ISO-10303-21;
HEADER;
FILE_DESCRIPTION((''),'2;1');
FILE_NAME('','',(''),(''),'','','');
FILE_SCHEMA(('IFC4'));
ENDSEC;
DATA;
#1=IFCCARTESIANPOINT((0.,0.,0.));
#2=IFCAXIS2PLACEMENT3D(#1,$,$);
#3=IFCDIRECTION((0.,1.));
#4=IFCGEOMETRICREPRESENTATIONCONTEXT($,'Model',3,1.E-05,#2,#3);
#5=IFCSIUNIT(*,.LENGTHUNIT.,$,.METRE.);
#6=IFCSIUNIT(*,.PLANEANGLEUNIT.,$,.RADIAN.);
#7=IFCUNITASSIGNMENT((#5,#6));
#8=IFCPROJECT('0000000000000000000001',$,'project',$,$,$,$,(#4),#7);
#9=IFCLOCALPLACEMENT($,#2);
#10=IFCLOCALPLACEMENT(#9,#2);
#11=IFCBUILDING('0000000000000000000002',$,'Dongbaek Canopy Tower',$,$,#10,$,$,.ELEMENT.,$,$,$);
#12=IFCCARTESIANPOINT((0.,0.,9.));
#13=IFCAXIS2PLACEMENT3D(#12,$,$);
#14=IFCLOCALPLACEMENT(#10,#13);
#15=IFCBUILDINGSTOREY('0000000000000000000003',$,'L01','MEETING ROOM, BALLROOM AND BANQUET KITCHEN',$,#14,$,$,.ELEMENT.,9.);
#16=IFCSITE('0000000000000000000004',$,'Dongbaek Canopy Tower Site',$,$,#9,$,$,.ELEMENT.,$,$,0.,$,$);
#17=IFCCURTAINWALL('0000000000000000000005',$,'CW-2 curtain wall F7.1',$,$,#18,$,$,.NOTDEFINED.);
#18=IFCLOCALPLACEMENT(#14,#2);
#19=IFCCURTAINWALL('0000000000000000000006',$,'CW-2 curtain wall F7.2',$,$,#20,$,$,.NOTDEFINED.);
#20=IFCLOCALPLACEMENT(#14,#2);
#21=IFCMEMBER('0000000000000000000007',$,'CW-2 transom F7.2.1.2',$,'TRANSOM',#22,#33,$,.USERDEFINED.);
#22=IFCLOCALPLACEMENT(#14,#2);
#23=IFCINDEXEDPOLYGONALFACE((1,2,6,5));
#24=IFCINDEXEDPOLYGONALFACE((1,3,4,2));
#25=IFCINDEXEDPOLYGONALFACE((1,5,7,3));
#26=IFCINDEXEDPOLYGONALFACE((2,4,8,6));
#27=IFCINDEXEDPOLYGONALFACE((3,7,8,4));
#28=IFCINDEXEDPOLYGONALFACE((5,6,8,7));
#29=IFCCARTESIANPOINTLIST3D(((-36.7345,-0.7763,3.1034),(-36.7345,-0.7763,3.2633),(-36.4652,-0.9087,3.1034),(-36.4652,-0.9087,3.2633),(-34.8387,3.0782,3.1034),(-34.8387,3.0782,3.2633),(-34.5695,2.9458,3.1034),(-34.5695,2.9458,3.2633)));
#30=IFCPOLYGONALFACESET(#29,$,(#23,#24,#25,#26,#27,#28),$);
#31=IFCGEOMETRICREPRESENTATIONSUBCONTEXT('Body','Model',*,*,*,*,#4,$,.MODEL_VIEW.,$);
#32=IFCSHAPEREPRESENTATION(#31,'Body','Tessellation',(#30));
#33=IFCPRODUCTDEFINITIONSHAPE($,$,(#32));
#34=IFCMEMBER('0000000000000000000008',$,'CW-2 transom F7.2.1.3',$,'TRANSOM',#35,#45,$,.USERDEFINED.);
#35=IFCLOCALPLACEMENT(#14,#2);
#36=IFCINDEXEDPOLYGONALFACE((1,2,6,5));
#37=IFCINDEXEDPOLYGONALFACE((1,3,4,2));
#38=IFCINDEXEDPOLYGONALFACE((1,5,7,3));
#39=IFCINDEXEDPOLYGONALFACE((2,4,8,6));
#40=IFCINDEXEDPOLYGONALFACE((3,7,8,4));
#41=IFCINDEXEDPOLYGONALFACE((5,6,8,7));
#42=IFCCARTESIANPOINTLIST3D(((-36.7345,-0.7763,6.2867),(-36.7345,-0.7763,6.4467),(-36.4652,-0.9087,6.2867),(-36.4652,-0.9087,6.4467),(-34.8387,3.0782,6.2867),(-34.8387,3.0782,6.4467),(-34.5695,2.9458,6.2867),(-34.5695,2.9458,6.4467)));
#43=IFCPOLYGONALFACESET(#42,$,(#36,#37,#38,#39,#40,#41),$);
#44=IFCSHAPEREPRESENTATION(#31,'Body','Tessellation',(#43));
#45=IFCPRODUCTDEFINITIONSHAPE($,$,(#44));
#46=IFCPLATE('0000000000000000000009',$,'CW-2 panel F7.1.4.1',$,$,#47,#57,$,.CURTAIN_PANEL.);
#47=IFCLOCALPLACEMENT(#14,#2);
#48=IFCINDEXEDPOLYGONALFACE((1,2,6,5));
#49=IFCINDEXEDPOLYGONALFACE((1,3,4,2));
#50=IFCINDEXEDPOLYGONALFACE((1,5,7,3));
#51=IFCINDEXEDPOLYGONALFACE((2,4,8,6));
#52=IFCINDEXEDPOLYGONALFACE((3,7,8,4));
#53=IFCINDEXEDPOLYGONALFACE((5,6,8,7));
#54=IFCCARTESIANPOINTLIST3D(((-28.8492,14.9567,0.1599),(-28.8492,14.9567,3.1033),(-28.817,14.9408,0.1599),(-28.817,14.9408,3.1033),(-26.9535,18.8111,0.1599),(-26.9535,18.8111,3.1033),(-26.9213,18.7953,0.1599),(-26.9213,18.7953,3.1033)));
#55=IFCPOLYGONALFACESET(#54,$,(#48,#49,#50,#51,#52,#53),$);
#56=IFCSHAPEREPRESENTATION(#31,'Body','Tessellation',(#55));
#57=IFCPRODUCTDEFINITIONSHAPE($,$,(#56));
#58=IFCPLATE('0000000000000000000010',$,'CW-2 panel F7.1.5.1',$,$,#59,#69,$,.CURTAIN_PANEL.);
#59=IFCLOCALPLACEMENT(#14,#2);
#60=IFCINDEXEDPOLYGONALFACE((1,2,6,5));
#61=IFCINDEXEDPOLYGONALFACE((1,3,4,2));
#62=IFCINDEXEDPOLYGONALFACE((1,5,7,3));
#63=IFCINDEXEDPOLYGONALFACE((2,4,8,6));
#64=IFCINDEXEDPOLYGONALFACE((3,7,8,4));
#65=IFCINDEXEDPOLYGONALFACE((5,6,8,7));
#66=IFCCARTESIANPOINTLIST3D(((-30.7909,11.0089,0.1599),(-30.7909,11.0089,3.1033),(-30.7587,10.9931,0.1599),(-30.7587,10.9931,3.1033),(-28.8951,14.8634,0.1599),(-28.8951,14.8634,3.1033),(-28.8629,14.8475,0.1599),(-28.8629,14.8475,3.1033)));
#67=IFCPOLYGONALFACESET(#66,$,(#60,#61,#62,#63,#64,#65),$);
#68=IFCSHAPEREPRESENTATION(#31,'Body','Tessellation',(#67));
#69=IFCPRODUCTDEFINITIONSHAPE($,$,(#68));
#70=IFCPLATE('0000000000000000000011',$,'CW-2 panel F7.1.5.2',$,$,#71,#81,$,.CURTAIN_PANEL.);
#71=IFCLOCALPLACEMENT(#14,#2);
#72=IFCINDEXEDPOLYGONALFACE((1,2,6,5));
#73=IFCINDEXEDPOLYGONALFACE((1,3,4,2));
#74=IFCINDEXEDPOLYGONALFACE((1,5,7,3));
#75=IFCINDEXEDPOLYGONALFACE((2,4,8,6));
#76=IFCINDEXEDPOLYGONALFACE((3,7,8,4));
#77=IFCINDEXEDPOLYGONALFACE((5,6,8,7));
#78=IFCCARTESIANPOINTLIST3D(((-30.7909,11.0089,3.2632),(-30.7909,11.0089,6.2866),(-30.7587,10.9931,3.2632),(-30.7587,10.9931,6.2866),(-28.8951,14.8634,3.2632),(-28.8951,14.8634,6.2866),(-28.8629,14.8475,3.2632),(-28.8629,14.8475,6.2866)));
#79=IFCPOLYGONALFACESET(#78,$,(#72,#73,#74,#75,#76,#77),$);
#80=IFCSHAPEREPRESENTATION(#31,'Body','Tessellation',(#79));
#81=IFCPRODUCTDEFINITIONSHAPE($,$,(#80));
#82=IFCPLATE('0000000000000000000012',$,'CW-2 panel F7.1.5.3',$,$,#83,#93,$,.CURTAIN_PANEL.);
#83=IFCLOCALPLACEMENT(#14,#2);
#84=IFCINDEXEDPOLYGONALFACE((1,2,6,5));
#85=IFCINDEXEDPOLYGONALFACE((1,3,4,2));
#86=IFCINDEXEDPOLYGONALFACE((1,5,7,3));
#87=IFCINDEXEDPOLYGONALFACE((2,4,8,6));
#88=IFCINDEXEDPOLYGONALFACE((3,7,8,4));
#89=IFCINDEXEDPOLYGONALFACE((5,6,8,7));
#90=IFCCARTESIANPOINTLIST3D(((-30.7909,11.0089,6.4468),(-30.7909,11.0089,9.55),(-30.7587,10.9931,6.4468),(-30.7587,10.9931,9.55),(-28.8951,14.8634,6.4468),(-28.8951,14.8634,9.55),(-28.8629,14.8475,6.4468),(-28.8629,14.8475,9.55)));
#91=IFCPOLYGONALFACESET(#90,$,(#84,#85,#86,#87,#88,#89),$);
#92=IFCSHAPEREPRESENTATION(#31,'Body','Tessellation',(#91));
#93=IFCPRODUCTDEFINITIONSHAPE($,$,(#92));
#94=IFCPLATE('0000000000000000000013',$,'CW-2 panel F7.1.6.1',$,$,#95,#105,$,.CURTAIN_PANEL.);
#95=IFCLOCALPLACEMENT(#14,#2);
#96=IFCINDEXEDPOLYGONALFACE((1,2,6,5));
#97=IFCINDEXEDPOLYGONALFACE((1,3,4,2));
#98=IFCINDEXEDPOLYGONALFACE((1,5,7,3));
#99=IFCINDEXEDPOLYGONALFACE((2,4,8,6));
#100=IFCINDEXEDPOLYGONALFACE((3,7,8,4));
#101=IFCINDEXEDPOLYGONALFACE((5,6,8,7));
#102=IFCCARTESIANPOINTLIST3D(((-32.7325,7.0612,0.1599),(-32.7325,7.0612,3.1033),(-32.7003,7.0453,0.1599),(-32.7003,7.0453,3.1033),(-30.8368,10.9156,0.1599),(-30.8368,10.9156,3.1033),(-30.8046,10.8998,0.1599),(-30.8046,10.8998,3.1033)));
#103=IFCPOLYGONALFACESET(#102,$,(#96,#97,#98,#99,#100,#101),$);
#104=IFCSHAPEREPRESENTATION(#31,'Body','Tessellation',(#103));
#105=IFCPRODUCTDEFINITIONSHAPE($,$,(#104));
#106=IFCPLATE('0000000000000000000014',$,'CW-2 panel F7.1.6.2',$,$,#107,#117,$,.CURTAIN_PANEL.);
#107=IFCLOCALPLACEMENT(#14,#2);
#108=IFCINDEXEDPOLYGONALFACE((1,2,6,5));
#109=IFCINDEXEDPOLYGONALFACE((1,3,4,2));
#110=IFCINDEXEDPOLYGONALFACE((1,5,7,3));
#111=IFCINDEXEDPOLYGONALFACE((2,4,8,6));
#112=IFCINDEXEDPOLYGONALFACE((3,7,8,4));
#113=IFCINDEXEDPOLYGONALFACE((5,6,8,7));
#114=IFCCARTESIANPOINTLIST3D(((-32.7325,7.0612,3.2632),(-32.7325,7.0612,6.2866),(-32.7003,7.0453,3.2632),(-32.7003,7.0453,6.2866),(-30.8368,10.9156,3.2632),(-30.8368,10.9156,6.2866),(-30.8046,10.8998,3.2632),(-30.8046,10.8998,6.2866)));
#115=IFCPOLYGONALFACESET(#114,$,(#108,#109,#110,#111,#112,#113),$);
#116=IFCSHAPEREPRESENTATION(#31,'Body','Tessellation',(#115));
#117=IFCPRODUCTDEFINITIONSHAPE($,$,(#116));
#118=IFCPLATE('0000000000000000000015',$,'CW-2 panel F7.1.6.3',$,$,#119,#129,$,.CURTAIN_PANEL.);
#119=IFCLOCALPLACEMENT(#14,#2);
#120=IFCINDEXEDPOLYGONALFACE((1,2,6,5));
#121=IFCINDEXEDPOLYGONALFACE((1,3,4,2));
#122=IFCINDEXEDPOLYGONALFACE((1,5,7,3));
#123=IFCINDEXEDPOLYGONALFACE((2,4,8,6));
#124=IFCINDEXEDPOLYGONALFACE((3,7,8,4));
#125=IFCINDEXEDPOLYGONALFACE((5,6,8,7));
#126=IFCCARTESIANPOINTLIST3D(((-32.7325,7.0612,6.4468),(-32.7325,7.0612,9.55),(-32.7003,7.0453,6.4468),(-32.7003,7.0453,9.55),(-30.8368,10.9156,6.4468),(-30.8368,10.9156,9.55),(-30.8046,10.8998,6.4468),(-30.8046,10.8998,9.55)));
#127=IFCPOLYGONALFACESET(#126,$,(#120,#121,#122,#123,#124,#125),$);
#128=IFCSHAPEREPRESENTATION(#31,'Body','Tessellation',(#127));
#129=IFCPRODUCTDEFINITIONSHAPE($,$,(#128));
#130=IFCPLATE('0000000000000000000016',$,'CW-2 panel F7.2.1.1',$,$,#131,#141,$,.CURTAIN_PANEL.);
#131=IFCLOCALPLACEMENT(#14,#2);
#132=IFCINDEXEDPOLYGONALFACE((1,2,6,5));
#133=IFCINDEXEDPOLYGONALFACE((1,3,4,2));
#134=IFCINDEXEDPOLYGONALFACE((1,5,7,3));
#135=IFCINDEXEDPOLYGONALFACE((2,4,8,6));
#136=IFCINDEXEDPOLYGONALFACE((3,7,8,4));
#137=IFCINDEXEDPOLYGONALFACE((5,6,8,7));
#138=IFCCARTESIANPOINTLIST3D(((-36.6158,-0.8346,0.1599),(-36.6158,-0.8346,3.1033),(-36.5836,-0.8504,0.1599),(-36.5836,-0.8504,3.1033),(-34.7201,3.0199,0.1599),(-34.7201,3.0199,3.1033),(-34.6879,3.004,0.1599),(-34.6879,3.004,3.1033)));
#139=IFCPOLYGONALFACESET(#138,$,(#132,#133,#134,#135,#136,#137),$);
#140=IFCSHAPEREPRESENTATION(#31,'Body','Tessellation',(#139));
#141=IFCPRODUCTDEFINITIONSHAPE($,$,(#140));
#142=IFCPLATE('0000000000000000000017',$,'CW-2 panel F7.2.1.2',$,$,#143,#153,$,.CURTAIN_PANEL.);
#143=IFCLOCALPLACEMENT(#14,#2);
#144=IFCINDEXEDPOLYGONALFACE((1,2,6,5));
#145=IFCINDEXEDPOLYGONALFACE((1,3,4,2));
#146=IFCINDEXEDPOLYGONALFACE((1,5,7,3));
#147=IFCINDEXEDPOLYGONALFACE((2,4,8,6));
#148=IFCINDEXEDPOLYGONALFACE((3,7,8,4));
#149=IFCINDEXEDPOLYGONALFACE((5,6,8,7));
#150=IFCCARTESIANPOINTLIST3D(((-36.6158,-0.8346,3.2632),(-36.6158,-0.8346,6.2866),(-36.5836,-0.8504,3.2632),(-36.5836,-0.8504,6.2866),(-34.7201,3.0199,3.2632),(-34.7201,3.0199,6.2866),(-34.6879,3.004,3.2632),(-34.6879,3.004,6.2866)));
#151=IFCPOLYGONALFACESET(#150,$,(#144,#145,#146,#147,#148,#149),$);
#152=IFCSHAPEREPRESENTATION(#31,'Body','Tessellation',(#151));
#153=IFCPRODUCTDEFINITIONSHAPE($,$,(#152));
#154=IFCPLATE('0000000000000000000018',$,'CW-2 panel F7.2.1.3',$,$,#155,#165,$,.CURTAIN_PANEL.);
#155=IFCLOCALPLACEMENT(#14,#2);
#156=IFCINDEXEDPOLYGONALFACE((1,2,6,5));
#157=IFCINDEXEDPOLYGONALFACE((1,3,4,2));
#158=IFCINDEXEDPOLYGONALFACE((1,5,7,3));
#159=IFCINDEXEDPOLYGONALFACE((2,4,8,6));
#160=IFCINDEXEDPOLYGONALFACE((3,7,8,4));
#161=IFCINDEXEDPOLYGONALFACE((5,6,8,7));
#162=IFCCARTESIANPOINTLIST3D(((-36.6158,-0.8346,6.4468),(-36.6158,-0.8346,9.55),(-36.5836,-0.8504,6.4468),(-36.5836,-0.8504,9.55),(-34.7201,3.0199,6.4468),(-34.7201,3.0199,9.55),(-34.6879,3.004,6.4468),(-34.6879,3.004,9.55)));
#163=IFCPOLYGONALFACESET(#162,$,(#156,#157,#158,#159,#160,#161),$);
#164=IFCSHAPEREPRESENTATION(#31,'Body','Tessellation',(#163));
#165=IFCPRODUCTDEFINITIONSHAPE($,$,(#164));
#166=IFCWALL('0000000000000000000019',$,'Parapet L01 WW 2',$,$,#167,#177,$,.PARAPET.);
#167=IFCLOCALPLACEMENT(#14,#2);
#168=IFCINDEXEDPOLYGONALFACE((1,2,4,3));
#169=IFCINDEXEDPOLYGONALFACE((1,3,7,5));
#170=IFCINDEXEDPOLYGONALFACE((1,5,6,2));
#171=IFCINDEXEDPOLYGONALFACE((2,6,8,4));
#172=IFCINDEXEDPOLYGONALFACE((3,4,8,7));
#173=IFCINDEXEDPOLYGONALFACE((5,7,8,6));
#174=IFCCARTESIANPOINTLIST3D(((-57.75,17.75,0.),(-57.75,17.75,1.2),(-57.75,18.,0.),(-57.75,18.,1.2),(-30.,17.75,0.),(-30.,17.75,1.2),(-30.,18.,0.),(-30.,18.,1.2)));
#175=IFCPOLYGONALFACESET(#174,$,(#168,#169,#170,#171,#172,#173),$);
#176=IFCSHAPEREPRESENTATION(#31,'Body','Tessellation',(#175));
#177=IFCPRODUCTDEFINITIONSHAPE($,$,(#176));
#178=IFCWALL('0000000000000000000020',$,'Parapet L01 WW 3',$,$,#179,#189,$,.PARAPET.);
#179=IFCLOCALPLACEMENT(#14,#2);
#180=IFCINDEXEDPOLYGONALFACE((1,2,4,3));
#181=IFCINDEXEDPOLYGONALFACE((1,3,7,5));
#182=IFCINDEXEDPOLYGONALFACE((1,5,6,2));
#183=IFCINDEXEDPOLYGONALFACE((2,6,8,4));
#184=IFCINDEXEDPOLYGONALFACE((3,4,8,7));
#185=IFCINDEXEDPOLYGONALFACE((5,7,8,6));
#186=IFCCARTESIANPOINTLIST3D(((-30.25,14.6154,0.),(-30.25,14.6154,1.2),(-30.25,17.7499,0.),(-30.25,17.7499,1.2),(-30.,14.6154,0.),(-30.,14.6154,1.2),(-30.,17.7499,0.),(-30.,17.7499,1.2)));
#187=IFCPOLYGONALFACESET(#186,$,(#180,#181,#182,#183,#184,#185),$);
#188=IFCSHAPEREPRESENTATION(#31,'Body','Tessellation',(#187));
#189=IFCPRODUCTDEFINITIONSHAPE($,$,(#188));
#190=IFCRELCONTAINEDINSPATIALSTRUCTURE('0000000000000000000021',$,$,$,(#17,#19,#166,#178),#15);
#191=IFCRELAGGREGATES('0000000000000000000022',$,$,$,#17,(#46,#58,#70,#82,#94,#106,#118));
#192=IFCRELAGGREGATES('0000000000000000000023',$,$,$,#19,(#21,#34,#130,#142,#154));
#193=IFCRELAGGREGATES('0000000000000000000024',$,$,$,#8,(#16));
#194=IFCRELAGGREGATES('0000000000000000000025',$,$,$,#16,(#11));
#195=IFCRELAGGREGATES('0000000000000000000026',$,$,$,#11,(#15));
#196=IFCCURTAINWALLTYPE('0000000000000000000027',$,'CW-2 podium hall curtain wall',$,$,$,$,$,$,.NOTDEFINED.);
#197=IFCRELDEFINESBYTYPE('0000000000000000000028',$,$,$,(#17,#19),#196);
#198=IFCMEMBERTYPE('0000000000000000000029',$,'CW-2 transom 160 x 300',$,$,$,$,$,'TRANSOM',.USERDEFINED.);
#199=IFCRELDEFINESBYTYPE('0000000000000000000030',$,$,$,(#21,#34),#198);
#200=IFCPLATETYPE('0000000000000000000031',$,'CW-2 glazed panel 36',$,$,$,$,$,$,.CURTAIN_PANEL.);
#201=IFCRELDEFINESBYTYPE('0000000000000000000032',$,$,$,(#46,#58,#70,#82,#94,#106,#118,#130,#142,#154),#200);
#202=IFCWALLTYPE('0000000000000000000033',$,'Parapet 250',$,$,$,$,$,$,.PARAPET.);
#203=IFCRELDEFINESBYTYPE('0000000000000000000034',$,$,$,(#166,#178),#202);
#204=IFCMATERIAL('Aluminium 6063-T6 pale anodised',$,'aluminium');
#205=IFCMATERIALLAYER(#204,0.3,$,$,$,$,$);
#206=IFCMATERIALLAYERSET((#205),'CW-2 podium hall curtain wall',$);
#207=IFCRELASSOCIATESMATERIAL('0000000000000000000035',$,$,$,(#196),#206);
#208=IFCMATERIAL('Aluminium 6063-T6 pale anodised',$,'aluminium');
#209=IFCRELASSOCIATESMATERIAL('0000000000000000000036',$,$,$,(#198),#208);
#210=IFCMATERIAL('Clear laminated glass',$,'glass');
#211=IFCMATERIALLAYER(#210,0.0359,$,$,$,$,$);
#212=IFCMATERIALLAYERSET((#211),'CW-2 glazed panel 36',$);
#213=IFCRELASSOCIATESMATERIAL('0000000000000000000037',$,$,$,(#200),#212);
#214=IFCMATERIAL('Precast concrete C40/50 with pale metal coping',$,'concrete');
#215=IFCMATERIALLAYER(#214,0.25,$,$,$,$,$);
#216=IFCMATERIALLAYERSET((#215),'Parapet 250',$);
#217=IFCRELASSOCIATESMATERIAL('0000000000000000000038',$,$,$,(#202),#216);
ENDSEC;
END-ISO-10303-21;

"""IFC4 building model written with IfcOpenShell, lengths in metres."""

from ifc_helpers import new_model, si_unit, direction, frame, frame_2d, origin, origin_2d, place, context, subcontext, project, spatial, rectangle, extrude, material, layer, layer_set, material_profile, profile_set, type_object, element, aggregate, save


model = new_model("IFC4")

# Units and contexts
model_context = context("Model", 3, precision=1e-05, world=origin(), true_north=direction((0.0, 1.0)))
body_context = subcontext(model_context, "Body", "Model", "MODEL_VIEW")
ifc_project = project(units=[si_unit("LENGTHUNIT", "METRE"), si_unit("PLANEANGLEUNIT", "RADIAN")], contexts=[model_context])

# Site, building, storey
site_placement = place(None, origin())
site = spatial("IfcSite", under=ifc_project, at=site_placement, Name="Dongbaek Canopy Tower Site", CompositionType="ELEMENT", RefElevation=0.0)
building_placement = place(site_placement, origin())
building = spatial("IfcBuilding", under=site, at=building_placement, Name="Dongbaek Canopy Tower", CompositionType="ELEMENT")
storey_placement = place(building_placement, frame((0.0, 0.0, 9.0)))
storey = spatial("IfcBuildingStorey", under=building, at=storey_placement, Name="L01", Description="MEETING ROOM, BALLROOM AND BANQUET KITCHEN", CompositionType="ELEMENT", Elevation=9.0)

# Curtain walls
ifc_material_1 = material(Name="Aluminium 6063-T6 pale anodised", Category="aluminium")
ifc_layer_1 = layer(ifc_material_1, 0.3)
ifc_layer_set_1 = layer_set([ifc_layer_1], Name="CW-2 podium hall curtain wall")
curtain_wall_type = type_object("IfcCurtainWallType", Name="CW-2 podium hall curtain wall", PredefinedType="NOTDEFINED", material=ifc_layer_set_1)
curtain_wall_1_placement = place(storey_placement, origin())
curtain_wall_1 = element("IfcCurtainWall", 1, at=curtain_wall_1_placement, inside=storey, type_object=curtain_wall_type, Name="CW-2 curtain wall F7.1", PredefinedType="NOTDEFINED")
curtain_wall_2_placement = place(storey_placement, origin())
curtain_wall_2 = element("IfcCurtainWall", 2, at=curtain_wall_2_placement, inside=storey, type_object=curtain_wall_type, Name="CW-2 curtain wall F7.2", PredefinedType="NOTDEFINED")

# Members
ifc_material_2 = material(Name="Aluminium 6063-T6 pale anodised", Category="aluminium")
ifc_material_profile_1 = material_profile(ifc_material_2, rectangle(XDim=0.3, YDim=0.1599, at=origin_2d()), Name="CW-2 transom 160 x 300")
ifc_profile_set_1 = profile_set([ifc_material_profile_1], Name="Aluminium 6063-T6 pale anodised")
member_type_1 = type_object("IfcMemberType", Name="CW-2 transom 160 x 300", ElementType="TRANSOM", PredefinedType="USERDEFINED", material=ifc_profile_set_1)
member_1_placement = place(storey_placement, frame((-34.7041, 3.012, 3.1833), z_axis=(-0.441338, -0.897341, 0.0), x_axis=(0.897341, -0.441338, 0.0)))
member_1 = element("IfcMember", 3, at=member_1_placement, type_object=member_type_1, Name="CW-2 transom F7.2.1.2", ObjectType="TRANSOM", PredefinedType="USERDEFINED", context=body_context, shape_type="SweptSolid", body=[
    extrude(rectangle(XDim=0.3, YDim=0.1599, at=origin_2d()), origin(), (0.0, 0.0, 1.0), 4.2954),
])
member_2_placement = place(storey_placement, frame((-34.7041, 3.012, 6.3667), z_axis=(-0.441338, -0.897341, 0.0), x_axis=(0.897341, -0.441338, 0.0)))
member_2 = element("IfcMember", 4, at=member_2_placement, type_object=member_type_1, Name="CW-2 transom F7.2.1.3", ObjectType="TRANSOM", PredefinedType="USERDEFINED", context=body_context, shape_type="SweptSolid", body=[
    extrude(rectangle(XDim=0.3, YDim=0.1599, at=origin_2d()), origin(), (0.0, 0.0, 1.0), 4.2954),
])

# Plates
ifc_material_3 = material(Name="Clear laminated glass", Category="glass")
ifc_layer_2 = layer(ifc_material_3, 0.0359)
ifc_layer_set_2 = layer_set([ifc_layer_2], Name="CW-2 glazed panel 36")
plate_type = type_object("IfcPlateType", Name="CW-2 glazed panel 36", PredefinedType="CURTAIN_PANEL", material=ifc_layer_set_2)
plate_1_placement = place(storey_placement, frame((-27.8853, 16.876, 0.1599), z_axis=(0.0, 0.0, 1.0), x_axis=(-0.441342, -0.897339, 0.0)))
plate_1 = element("IfcPlate", 5, at=plate_1_placement, type_object=plate_type, Name="CW-2 panel F7.1.4.1", PredefinedType="CURTAIN_PANEL", context=body_context, shape_type="SweptSolid", body=[
    extrude(rectangle(XDim=4.2954, YDim=0.0359, at=origin_2d()), origin(), (0.0, 0.0, 1.0), 2.9434),
])
plate_2_placement = place(storey_placement, frame((-29.8269, 12.9282, 0.1599), z_axis=(0.0, 0.0, 1.0), x_axis=(-0.441342, -0.897339, 0.0)))
plate_2 = element("IfcPlate", 6, at=plate_2_placement, type_object=plate_type, Name="CW-2 panel F7.1.5.1", PredefinedType="CURTAIN_PANEL", context=body_context, shape_type="SweptSolid", body=[
    extrude(rectangle(XDim=4.2954, YDim=0.0359, at=origin_2d()), origin(), (0.0, 0.0, 1.0), 2.9434),
])
plate_3_placement = place(storey_placement, frame((-29.8269, 12.9282, 3.2632), z_axis=(0.0, 0.0, 1.0), x_axis=(-0.441342, -0.897339, 0.0)))
plate_3 = element("IfcPlate", 7, at=plate_3_placement, type_object=plate_type, Name="CW-2 panel F7.1.5.2", PredefinedType="CURTAIN_PANEL", context=body_context, shape_type="SweptSolid", body=[
    extrude(rectangle(XDim=4.2954, YDim=0.0359, at=origin_2d()), origin(), (0.0, 0.0, 1.0), 3.0234),
])
plate_4_placement = place(storey_placement, frame((-29.8269, 12.9282, 6.4468), z_axis=(0.0, 0.0, 1.0), x_axis=(-0.441342, -0.897339, 0.0)))
plate_4 = element("IfcPlate", 8, at=plate_4_placement, type_object=plate_type, Name="CW-2 panel F7.1.5.3", PredefinedType="CURTAIN_PANEL", context=body_context, shape_type="SweptSolid", body=[
    extrude(rectangle(XDim=4.2954, YDim=0.0359, at=origin_2d()), origin(), (0.0, 0.0, 1.0), 3.1033),
])
plate_5_placement = place(storey_placement, frame((-31.7686, 8.9805, 0.1599), z_axis=(0.0, 0.0, 1.0), x_axis=(-0.441342, -0.897339, 0.0)))
plate_5 = element("IfcPlate", 9, at=plate_5_placement, type_object=plate_type, Name="CW-2 panel F7.1.6.1", PredefinedType="CURTAIN_PANEL", context=body_context, shape_type="SweptSolid", body=[
    extrude(rectangle(XDim=4.2954, YDim=0.0359, at=origin_2d()), origin(), (0.0, 0.0, 1.0), 2.9434),
])
plate_6_placement = place(storey_placement, frame((-31.7686, 8.9805, 3.2632), z_axis=(0.0, 0.0, 1.0), x_axis=(-0.441342, -0.897339, 0.0)))
plate_6 = element("IfcPlate", 10, at=plate_6_placement, type_object=plate_type, Name="CW-2 panel F7.1.6.2", PredefinedType="CURTAIN_PANEL", context=body_context, shape_type="SweptSolid", body=[
    extrude(rectangle(XDim=4.2954, YDim=0.0359, at=origin_2d()), origin(), (0.0, 0.0, 1.0), 3.0234),
])
plate_7_placement = place(storey_placement, frame((-31.7686, 8.9805, 6.4468), z_axis=(0.0, 0.0, 1.0), x_axis=(-0.441342, -0.897339, 0.0)))
plate_7 = element("IfcPlate", 11, at=plate_7_placement, type_object=plate_type, Name="CW-2 panel F7.1.6.3", PredefinedType="CURTAIN_PANEL", context=body_context, shape_type="SweptSolid", body=[
    extrude(rectangle(XDim=4.2954, YDim=0.0359, at=origin_2d()), origin(), (0.0, 0.0, 1.0), 3.1033),
])
aggregate(curtain_wall_1, [plate_1, plate_2, plate_3, plate_4, plate_5, plate_6, plate_7])
plate_8_placement = place(storey_placement, frame((-35.6519, 1.0847, 0.1599), z_axis=(0.0, 0.0, 1.0), x_axis=(-0.441342, -0.897339, 0.0)))
plate_8 = element("IfcPlate", 12, at=plate_8_placement, type_object=plate_type, Name="CW-2 panel F7.2.1.1", PredefinedType="CURTAIN_PANEL", context=body_context, shape_type="SweptSolid", body=[
    extrude(rectangle(XDim=4.2954, YDim=0.0359, at=origin_2d()), origin(), (0.0, 0.0, 1.0), 2.9434),
])
plate_9_placement = place(storey_placement, frame((-35.6519, 1.0847, 3.2632), z_axis=(0.0, 0.0, 1.0), x_axis=(-0.441342, -0.897339, 0.0)))
plate_9 = element("IfcPlate", 13, at=plate_9_placement, type_object=plate_type, Name="CW-2 panel F7.2.1.2", PredefinedType="CURTAIN_PANEL", context=body_context, shape_type="SweptSolid", body=[
    extrude(rectangle(XDim=4.2954, YDim=0.0359, at=origin_2d()), origin(), (0.0, 0.0, 1.0), 3.0234),
])
plate_10_placement = place(storey_placement, frame((-35.6519, 1.0847, 6.4468), z_axis=(0.0, 0.0, 1.0), x_axis=(-0.441342, -0.897339, 0.0)))
plate_10 = element("IfcPlate", 14, at=plate_10_placement, type_object=plate_type, Name="CW-2 panel F7.2.1.3", PredefinedType="CURTAIN_PANEL", context=body_context, shape_type="SweptSolid", body=[
    extrude(rectangle(XDim=4.2954, YDim=0.0359, at=origin_2d()), origin(), (0.0, 0.0, 1.0), 3.1033),
])
aggregate(curtain_wall_2, [member_1, member_2, plate_8, plate_9, plate_10])

# Walls
ifc_material_4 = material(Name="Precast concrete C40/50 with pale metal coping", Category="concrete")
ifc_layer_3 = layer(ifc_material_4, 0.25)
ifc_layer_set_3 = layer_set([ifc_layer_3], Name="Parapet 250")
wall_type_1 = type_object("IfcWallType", Name="Parapet 250", PredefinedType="PARAPET", material=ifc_layer_set_3)
wall_1_placement = place(storey_placement, frame((-57.75, 17.875, 0.0), z_axis=(0.0, 0.0, 1.0), x_axis=(1.0, 0.0, 0.0)))
element("IfcWall", 15, at=wall_1_placement, inside=storey, type_object=wall_type_1, Name="Parapet L01 WW 2", PredefinedType="PARAPET", context=body_context, shape_type="SweptSolid", body=[
    extrude(rectangle(XDim=27.75, YDim=0.25, at=frame_2d((13.875, 0.0))), origin(), (0.0, 0.0, 1.0), 1.2),
])
wall_2_placement = place(storey_placement, frame((-30.125, 17.75, 0.0), z_axis=(0.0, 0.0, 1.0), x_axis=(0.0, -1.0, 0.0)))
element("IfcWall", 16, at=wall_2_placement, inside=storey, type_object=wall_type_1, Name="Parapet L01 WW 3", PredefinedType="PARAPET", context=body_context, shape_type="SweptSolid", body=[
    extrude(rectangle(XDim=3.1345, YDim=0.25, at=frame_2d((1.5674, 0.0))), origin(), (0.0, 0.0, 1.0), 1.2),
])

save(model, "model.ifc")
